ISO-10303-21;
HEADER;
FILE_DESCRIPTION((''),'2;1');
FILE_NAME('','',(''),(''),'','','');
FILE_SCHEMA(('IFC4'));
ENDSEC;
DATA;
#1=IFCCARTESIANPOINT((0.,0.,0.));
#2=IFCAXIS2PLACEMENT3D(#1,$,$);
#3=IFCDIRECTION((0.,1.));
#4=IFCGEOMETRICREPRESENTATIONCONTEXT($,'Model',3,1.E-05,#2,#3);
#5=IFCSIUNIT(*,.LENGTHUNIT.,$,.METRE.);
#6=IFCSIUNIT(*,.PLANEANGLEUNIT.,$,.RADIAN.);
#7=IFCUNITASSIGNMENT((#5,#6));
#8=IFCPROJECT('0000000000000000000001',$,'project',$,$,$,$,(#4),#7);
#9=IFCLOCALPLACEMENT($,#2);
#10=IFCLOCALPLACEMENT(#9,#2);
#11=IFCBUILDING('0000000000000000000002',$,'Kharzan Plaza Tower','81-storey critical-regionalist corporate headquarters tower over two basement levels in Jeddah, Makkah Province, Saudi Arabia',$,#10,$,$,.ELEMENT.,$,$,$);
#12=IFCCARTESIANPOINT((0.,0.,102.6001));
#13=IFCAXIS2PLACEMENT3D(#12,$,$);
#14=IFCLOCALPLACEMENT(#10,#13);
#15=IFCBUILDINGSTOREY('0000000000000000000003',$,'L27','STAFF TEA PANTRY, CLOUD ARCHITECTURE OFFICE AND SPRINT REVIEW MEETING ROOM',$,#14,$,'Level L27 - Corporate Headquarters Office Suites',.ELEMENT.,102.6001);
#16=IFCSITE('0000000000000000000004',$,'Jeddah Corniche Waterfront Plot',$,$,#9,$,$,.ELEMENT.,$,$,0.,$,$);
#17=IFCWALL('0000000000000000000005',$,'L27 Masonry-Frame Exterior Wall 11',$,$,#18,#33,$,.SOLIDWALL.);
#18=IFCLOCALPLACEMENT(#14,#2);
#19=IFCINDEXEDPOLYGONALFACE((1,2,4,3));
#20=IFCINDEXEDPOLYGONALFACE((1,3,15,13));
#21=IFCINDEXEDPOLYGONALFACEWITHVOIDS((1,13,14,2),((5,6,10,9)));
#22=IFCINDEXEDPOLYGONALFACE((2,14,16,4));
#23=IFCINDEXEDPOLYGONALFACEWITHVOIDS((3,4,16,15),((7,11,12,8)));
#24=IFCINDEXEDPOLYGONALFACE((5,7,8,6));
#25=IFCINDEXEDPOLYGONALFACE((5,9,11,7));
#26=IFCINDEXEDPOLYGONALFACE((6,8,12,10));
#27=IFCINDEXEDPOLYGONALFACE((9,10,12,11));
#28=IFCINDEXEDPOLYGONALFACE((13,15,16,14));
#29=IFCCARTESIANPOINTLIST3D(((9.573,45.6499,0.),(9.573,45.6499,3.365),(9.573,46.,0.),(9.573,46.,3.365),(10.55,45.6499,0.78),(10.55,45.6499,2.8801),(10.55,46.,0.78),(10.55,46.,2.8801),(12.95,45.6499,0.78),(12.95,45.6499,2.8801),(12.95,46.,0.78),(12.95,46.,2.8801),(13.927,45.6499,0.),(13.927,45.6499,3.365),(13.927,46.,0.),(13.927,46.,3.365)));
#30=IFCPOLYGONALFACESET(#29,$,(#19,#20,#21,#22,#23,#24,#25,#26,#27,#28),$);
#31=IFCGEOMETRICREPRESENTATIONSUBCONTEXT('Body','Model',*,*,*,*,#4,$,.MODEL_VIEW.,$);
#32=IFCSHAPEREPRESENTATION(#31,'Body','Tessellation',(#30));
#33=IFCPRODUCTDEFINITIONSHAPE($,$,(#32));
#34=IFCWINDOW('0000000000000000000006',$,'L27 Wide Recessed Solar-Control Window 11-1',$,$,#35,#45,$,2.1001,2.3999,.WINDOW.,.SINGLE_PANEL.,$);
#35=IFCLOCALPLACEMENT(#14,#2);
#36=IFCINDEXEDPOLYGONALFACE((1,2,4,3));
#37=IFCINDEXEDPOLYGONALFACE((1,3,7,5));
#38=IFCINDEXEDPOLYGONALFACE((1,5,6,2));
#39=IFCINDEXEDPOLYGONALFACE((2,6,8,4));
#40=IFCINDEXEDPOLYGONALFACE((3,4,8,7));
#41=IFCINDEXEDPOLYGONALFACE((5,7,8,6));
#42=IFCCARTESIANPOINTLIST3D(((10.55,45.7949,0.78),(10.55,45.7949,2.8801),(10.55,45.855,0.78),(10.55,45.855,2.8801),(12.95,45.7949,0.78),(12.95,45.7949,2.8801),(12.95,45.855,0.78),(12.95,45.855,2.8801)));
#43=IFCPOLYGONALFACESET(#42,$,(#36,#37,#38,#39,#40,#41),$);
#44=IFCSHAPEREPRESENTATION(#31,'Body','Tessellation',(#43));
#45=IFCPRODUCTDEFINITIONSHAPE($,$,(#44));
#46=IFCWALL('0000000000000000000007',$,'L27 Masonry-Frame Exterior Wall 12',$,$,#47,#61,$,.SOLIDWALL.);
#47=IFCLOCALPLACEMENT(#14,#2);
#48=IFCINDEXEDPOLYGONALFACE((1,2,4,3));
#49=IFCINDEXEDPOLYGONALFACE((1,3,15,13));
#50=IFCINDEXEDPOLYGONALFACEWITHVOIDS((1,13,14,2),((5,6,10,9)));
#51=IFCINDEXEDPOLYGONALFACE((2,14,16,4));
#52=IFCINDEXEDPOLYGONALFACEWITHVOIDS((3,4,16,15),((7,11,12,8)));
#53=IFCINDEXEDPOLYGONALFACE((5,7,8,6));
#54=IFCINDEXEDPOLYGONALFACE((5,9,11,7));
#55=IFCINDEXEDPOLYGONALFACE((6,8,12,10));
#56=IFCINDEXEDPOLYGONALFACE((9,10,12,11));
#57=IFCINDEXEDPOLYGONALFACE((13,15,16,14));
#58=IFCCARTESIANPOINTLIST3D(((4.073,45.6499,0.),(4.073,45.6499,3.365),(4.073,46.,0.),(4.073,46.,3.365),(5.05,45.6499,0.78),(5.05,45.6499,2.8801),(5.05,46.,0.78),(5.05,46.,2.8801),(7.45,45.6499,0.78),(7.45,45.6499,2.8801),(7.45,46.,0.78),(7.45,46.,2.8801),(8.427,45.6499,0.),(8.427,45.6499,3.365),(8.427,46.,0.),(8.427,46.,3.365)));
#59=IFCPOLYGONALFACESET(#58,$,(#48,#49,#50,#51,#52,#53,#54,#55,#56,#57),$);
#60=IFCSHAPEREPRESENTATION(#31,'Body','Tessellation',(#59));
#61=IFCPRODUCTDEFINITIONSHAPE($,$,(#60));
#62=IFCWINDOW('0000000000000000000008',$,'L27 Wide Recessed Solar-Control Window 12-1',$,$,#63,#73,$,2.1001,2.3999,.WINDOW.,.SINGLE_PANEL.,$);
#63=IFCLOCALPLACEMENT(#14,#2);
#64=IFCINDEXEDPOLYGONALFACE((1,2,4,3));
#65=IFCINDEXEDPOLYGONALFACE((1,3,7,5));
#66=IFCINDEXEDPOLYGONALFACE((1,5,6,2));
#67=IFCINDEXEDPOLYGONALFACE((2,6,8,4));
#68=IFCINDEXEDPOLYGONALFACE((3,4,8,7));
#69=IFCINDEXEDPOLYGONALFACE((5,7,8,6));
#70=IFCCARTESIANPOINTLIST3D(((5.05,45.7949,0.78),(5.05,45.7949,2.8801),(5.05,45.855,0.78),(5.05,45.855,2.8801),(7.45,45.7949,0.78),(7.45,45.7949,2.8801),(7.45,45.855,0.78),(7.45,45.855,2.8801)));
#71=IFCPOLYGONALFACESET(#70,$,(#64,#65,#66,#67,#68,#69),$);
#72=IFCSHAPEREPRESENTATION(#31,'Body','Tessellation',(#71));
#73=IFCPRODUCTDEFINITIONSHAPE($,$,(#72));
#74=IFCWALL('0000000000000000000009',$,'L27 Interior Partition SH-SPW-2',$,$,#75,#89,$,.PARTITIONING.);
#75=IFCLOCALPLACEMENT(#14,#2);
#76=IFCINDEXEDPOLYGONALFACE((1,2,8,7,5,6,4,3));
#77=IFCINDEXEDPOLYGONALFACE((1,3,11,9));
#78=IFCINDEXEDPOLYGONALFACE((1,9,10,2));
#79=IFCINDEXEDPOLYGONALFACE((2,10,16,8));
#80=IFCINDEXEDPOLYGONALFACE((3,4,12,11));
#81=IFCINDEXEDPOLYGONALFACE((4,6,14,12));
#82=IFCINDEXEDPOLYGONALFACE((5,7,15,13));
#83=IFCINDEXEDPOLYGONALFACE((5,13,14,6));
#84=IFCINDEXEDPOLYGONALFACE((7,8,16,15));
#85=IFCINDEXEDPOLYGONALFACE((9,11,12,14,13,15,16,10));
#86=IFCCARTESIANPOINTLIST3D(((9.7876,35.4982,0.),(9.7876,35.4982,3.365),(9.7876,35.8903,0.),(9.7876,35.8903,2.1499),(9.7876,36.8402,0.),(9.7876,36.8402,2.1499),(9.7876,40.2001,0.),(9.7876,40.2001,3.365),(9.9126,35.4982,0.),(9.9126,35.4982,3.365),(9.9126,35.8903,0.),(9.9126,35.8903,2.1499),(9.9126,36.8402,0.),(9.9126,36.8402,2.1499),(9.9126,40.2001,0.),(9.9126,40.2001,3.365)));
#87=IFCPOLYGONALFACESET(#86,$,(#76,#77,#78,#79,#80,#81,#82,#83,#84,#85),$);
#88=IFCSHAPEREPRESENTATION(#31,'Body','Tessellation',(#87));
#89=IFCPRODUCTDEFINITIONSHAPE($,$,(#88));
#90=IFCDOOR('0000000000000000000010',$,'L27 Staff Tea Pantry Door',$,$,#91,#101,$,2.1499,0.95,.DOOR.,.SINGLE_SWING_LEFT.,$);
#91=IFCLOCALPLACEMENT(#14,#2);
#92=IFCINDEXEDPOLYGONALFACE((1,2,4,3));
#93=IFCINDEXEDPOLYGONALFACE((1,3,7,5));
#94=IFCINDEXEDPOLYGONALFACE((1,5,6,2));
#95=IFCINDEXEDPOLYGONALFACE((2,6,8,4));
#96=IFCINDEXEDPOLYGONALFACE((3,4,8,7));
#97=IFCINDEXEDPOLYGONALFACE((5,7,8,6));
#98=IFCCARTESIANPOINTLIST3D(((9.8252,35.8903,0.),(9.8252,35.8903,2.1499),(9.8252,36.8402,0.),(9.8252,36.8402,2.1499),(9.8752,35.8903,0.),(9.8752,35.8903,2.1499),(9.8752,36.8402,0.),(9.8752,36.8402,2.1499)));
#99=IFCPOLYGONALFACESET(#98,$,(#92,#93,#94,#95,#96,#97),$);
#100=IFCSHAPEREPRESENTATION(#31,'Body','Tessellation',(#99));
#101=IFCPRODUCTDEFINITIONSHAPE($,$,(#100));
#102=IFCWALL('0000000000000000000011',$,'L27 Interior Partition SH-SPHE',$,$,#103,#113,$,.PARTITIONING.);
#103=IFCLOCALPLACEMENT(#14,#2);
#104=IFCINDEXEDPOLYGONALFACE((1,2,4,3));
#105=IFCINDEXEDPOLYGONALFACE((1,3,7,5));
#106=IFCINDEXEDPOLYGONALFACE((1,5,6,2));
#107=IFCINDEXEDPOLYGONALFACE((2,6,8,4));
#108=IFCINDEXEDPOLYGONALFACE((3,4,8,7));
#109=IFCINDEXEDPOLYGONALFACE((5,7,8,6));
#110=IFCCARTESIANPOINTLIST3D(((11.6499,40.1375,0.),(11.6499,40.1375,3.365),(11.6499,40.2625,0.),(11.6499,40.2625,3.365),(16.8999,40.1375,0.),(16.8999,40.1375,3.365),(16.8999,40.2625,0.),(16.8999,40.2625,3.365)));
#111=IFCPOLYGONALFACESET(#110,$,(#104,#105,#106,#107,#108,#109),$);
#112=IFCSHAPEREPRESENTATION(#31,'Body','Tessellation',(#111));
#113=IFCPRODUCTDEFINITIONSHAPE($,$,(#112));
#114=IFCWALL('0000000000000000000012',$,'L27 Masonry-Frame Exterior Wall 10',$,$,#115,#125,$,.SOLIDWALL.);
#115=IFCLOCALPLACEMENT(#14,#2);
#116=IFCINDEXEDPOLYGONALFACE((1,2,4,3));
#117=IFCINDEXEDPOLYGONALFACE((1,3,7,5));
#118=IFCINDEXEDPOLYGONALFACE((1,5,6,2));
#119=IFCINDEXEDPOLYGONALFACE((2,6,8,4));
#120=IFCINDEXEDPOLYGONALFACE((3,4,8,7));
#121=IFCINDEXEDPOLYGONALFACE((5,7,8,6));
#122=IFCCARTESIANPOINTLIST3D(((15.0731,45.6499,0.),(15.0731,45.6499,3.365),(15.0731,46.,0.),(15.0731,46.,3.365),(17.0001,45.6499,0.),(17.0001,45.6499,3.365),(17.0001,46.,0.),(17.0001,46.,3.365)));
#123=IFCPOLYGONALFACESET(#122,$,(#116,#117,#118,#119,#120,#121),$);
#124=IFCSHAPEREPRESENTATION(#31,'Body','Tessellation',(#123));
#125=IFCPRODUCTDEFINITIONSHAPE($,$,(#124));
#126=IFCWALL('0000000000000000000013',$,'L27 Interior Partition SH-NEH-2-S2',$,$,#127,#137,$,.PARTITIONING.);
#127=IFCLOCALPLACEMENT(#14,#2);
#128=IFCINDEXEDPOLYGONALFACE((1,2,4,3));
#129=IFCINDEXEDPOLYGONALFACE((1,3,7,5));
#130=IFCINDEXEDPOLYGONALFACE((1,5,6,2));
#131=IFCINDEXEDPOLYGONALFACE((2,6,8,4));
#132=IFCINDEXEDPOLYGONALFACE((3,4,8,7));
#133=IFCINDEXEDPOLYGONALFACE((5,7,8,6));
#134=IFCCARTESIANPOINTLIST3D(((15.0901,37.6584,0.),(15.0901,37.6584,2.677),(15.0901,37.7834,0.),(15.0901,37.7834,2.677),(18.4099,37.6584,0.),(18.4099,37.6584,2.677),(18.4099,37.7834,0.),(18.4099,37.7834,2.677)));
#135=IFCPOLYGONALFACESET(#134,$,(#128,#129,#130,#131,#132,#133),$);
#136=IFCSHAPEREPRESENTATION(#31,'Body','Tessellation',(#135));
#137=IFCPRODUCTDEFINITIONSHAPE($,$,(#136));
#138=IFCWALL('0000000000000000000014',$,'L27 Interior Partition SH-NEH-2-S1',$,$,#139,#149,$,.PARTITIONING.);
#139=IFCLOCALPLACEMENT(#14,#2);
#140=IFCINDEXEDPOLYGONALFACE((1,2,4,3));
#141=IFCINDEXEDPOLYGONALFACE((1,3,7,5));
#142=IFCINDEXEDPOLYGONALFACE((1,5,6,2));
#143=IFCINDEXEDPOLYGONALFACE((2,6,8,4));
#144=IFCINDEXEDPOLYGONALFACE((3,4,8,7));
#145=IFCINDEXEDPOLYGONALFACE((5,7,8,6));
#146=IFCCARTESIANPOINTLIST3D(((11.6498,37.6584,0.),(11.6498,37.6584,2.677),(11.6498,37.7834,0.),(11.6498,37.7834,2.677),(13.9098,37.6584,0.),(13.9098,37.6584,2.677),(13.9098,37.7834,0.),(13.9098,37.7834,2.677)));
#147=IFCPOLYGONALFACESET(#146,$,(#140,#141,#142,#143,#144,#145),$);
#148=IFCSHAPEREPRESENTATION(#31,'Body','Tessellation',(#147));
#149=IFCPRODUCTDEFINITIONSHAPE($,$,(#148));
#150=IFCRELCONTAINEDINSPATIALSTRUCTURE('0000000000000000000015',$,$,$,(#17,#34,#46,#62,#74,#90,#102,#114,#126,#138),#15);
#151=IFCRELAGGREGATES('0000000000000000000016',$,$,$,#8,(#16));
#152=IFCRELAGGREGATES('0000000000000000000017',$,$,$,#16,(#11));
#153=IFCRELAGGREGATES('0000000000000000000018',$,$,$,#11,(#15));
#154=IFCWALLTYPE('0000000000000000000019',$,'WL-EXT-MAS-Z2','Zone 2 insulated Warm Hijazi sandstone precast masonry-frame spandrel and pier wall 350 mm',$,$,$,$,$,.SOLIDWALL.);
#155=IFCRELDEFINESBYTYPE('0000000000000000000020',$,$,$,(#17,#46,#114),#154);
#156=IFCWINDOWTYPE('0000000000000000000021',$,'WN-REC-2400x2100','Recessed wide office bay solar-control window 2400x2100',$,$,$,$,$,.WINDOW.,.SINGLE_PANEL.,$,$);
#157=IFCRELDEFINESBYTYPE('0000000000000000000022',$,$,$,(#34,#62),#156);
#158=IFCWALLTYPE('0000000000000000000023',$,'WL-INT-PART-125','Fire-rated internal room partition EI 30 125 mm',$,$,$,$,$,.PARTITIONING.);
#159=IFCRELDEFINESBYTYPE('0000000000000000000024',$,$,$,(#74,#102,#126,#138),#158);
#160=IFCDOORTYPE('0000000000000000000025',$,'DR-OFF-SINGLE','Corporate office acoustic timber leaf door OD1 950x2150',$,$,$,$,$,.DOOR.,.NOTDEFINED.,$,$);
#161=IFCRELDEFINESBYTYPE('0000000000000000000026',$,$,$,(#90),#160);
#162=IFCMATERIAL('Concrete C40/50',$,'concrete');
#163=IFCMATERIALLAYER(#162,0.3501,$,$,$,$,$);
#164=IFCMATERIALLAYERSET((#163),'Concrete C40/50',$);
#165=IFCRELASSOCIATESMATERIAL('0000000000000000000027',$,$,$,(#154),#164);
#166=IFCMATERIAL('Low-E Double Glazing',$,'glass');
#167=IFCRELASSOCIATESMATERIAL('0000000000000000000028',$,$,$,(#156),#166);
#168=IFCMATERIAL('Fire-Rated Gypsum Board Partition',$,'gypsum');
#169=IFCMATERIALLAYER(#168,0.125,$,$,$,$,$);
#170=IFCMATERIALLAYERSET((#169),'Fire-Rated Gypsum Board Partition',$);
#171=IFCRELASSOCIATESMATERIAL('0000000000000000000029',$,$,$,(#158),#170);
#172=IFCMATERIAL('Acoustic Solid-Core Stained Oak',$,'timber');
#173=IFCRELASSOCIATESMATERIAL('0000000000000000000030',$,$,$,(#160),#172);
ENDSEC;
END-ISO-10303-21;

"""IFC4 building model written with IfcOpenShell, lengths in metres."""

from ifc_helpers import new_model, si_unit, direction, frame, frame_2d, origin, place, context, subcontext, project, spatial, rectangle, extrude, source, transform, mapped, material, layer, layer_set, type_object, element, fill, save


model = new_model("IFC4")

# Units and contexts
model_context = context("Model", 3, precision=1e-05, world=origin(), true_north=direction((0.0, 1.0)))
body_context = subcontext(model_context, "Body", "Model", "MODEL_VIEW")
ifc_project = project(units=[si_unit("LENGTHUNIT", "METRE"), si_unit("PLANEANGLEUNIT", "RADIAN")], contexts=[model_context])

# Site, building, storey
site_placement = place(None, origin())
site = spatial("IfcSite", under=ifc_project, at=site_placement, Name="Jeddah Corniche Waterfront Plot", CompositionType="ELEMENT", RefElevation=0.0)
building_placement = place(site_placement, origin())
building = spatial("IfcBuilding", under=site, at=building_placement, Name="Kharzan Plaza Tower", Description="81-storey critical-regionalist corporate headquarters tower over two basement levels in Jeddah, Makkah Province, Saudi Arabia", CompositionType="ELEMENT")
storey_placement = place(building_placement, frame((0.0, 0.0, 102.6001)))
storey = spatial("IfcBuildingStorey", under=building, at=storey_placement, Name="L27", Description="STAFF TEA PANTRY, CLOUD ARCHITECTURE OFFICE AND SPRINT REVIEW MEETING ROOM", LongName="Level L27 - Corporate Headquarters Office Suites", CompositionType="ELEMENT", Elevation=102.6001)

# Walls, openings, windows
ifc_material_1 = material(Name="Concrete C40/50", Category="concrete")
ifc_layer_1 = layer(ifc_material_1, 0.3501)
ifc_layer_set_1 = layer_set([ifc_layer_1], Name="Concrete C40/50")
wall_type_1 = type_object("IfcWallType", Name="WL-EXT-MAS-Z2", Description="Zone 2 insulated Warm Hijazi sandstone precast masonry-frame spandrel and pier wall 350 mm", PredefinedType="SOLIDWALL", material=ifc_layer_set_1)
ifc_material_2 = material(Name="Low-E Double Glazing", Category="glass")
wall_1_placement = place(storey_placement, frame((13.927, 45.825, 0.0), z_axis=(0.0, 0.0, 1.0), x_axis=(-1.0, 0.0, 0.0)))
wall_1 = element("IfcWall", 1, at=wall_1_placement, inside=storey, type_object=wall_type_1, Name="L27 Masonry-Frame Exterior Wall 11", PredefinedType="SOLIDWALL", context=body_context, shape_type="SweptSolid", body=[
    extrude(rectangle(XDim=4.354, YDim=0.3501, at=frame_2d((2.177, 0.0))), origin(), (0.0, 0.0, 1.0), 3.365),
])
opening_1_placement = place(wall_1_placement, frame((0.9771, 0.0, 0.78)))
opening_1 = element("IfcOpeningElement", 2, at=opening_1_placement, cuts=wall_1, PredefinedType="OPENING", context=body_context, shape_type="SweptSolid", body=[
    extrude(rectangle(XDim=2.3999, YDim=2.1001, at=frame_2d((1.2, 1.05))), frame((0.0, 0.1851, 0.0), z_axis=(0.0, -1.0, 0.0), x_axis=(1.0, 0.0, 0.0)), (0.0, 0.0, 1.0), 0.3701),
])
window_type_1 = type_object("IfcWindowType", Name="WN-REC-2400x2100", Description="Recessed wide office bay solar-control window 2400x2100", PartitioningType="SINGLE_PANEL", PredefinedType="WINDOW", material=ifc_material_2)
shared_shape_1 = source(origin(), body_context, "Body", "SweptSolid", [
    extrude(rectangle(XDim=2.3999, YDim=2.1001, at=frame_2d((1.2, 1.05))), frame((0.0, 0.03, 0.0), z_axis=(0.0, -1.0, 0.0), x_axis=(1.0, 0.0, 0.0)), (0.0, 0.0, 1.0), 0.0601),
])
window_1_placement = place(opening_1_placement, origin())
window_1 = element("IfcWindow", 3, at=window_1_placement, inside=storey, type_object=window_type_1, Name="L27 Wide Recessed Solar-Control Window 11-1", OverallHeight=2.1001, OverallWidth=2.3999, PartitioningType="SINGLE_PANEL", PredefinedType="WINDOW", context=body_context, shape_type="MappedRepresentation", body=[
    mapped(shared_shape_1, transform((0.0, 0.0, 0.0), x_axis=(1.0, 0.0, 0.0), y_axis=(0.0, 1.0, 0.0), z_axis=(0.0, 0.0, 1.0))),
])
fill(opening_1, window_1)
wall_2_placement = place(storey_placement, frame((8.427, 45.825, 0.0), z_axis=(0.0, 0.0, 1.0), x_axis=(-1.0, 0.0, 0.0)))
wall_2 = element("IfcWall", 4, at=wall_2_placement, inside=storey, type_object=wall_type_1, Name="L27 Masonry-Frame Exterior Wall 12", PredefinedType="SOLIDWALL", context=body_context, shape_type="SweptSolid", body=[
    extrude(rectangle(XDim=4.354, YDim=0.3501, at=frame_2d((2.177, 0.0))), origin(), (0.0, 0.0, 1.0), 3.365),
])
opening_2_placement = place(wall_2_placement, frame((0.9771, 0.0, 0.78)))
opening_2 = element("IfcOpeningElement", 5, at=opening_2_placement, cuts=wall_2, PredefinedType="OPENING", context=body_context, shape_type="SweptSolid", body=[
    extrude(rectangle(XDim=2.3999, YDim=2.1001, at=frame_2d((1.2, 1.05))), frame((0.0, 0.1851, 0.0), z_axis=(0.0, -1.0, 0.0), x_axis=(1.0, 0.0, 0.0)), (0.0, 0.0, 1.0), 0.3701),
])
window_2_placement = place(opening_2_placement, origin())
window_2 = element("IfcWindow", 6, at=window_2_placement, inside=storey, type_object=window_type_1, Name="L27 Wide Recessed Solar-Control Window 12-1", OverallHeight=2.1001, OverallWidth=2.3999, PartitioningType="SINGLE_PANEL", PredefinedType="WINDOW", context=body_context, shape_type="MappedRepresentation", body=[
    mapped(shared_shape_1, transform((0.0, 0.0, 0.0), x_axis=(1.0, 0.0, 0.0), y_axis=(0.0, 1.0, 0.0), z_axis=(0.0, 0.0, 1.0))),
])
fill(opening_2, window_2)

# Wall, opening, door
ifc_material_3 = material(Name="Fire-Rated Gypsum Board Partition", Category="gypsum")
ifc_layer_2 = layer(ifc_material_3, 0.125)
ifc_layer_set_2 = layer_set([ifc_layer_2], Name="Fire-Rated Gypsum Board Partition")
wall_type_2 = type_object("IfcWallType", Name="WL-INT-PART-125", Description="Fire-rated internal room partition EI 30 125 mm", PredefinedType="PARTITIONING", material=ifc_layer_set_2)
ifc_material_4 = material(Name="Acoustic Solid-Core Stained Oak", Category="timber")
door_type = type_object("IfcDoorType", Name="DR-OFF-SINGLE", Description="Corporate office acoustic timber leaf door OD1 950x2150", OperationType="NOTDEFINED", PredefinedType="DOOR", material=ifc_material_4)
shared_shape_2 = source(origin(), body_context, "Body", "SweptSolid", [
    extrude(rectangle(XDim=0.95, YDim=2.1499, at=frame_2d((0.4751, 1.075))), frame((0.0, 0.0249, 0.0), z_axis=(0.0, -1.0, 0.0), x_axis=(1.0, 0.0, 0.0)), (0.0, 0.0, 1.0), 0.05),
])
wall_3_placement = place(storey_placement, frame((9.8501, 35.498, 0.0), z_axis=(0.0, 0.0, 1.0), x_axis=(0.0, 1.0, 0.0)))
wall_3 = element("IfcWall", 7, at=wall_3_placement, inside=storey, type_object=wall_type_2, Name="L27 Interior Partition SH-SPW-2", PredefinedType="PARTITIONING", context=body_context, shape_type="SweptSolid", body=[
    extrude(rectangle(XDim=4.7019, YDim=0.125, at=frame_2d((2.3511, 0.0))), origin(), (0.0, 0.0, 1.0), 3.365),
])
opening_3_placement = place(wall_3_placement, frame((0.3921, 0.0, 0.0)))
opening_3 = element("IfcOpeningElement", 8, at=opening_3_placement, cuts=wall_3, PredefinedType="OPENING", context=body_context, shape_type="SweptSolid", body=[
    extrude(rectangle(XDim=0.95, YDim=2.1499, at=frame_2d((0.4751, 1.075))), frame((0.0, 0.0725, 0.0), z_axis=(0.0, -1.0, 0.0), x_axis=(1.0, 0.0, 0.0)), (0.0, 0.0, 1.0), 0.145),
])
door_1_placement = place(opening_3_placement, origin())
door_1 = element("IfcDoor", 9, at=door_1_placement, inside=storey, type_object=door_type, Name="L27 Staff Tea Pantry Door", OperationType="SINGLE_SWING_LEFT", OverallHeight=2.1499, OverallWidth=0.95, PredefinedType="DOOR", context=body_context, shape_type="MappedRepresentation", body=[
    mapped(shared_shape_2, transform((0.0, 0.0, 0.0), x_axis=(1.0, 0.0, 0.0), y_axis=(0.0, 1.0, 0.0), z_axis=(0.0, 0.0, 1.0))),
])
fill(opening_3, door_1)

# Walls
shared_shape_3 = source(origin(), body_context, "Body", "SweptSolid", [
    extrude(rectangle(XDim=5.25, YDim=0.125, at=frame_2d((2.625, 0.0))), origin(), (0.0, 0.0, 1.0), 3.365),
])
wall_4_placement = place(storey_placement, frame((11.6499, 40.2, 0.0), z_axis=(0.0, 0.0, 1.0), x_axis=(1.0, 0.0, 0.0)))
element("IfcWall", 10, at=wall_4_placement, inside=storey, type_object=wall_type_2, Name="L27 Interior Partition SH-SPHE", PredefinedType="PARTITIONING", context=body_context, shape_type="MappedRepresentation", body=[
    mapped(shared_shape_3, transform((0.0, 0.0, 0.0), x_axis=(1.0, 0.0, 0.0), y_axis=(0.0, 1.0, 0.0), z_axis=(0.0, 0.0, 1.0))),
])
shared_shape_4 = source(origin(), body_context, "Body", "SweptSolid", [
    extrude(rectangle(XDim=1.927, YDim=0.3501, at=frame_2d((0.9634, 0.0))), origin(), (0.0, 0.0, 1.0), 3.365),
])
wall_5_placement = place(storey_placement, frame((17.0, 45.825, 0.0), z_axis=(0.0, 0.0, 1.0), x_axis=(-1.0, 0.0, 0.0)))
element("IfcWall", 11, at=wall_5_placement, inside=storey, type_object=wall_type_1, Name="L27 Masonry-Frame Exterior Wall 10", PredefinedType="SOLIDWALL", context=body_context, shape_type="MappedRepresentation", body=[
    mapped(shared_shape_4, transform((0.0, 0.0, 0.0), x_axis=(1.0, 0.0, 0.0), y_axis=(0.0, 1.0, 0.0), z_axis=(0.0, 0.0, 1.0))),
])
shared_shape_5 = source(origin(), body_context, "Body", "SweptSolid", [
    extrude(rectangle(XDim=3.3198, YDim=0.125, at=frame_2d((1.6599, 0.0))), origin(), (0.0, 0.0, 1.0), 2.677),
])
wall_6_placement = place(storey_placement, frame((15.0901, 37.7209, 0.0), z_axis=(0.0, 0.0, 1.0), x_axis=(1.0, 0.0, 0.0)))
element("IfcWall", 12, at=wall_6_placement, inside=storey, type_object=wall_type_2, Name="L27 Interior Partition SH-NEH-2-S2", PredefinedType="PARTITIONING", context=body_context, shape_type="MappedRepresentation", body=[
    mapped(shared_shape_5, transform((0.0, 0.0, 0.0), x_axis=(1.0, 0.0, 0.0), y_axis=(0.0, 1.0, 0.0), z_axis=(0.0, 0.0, 1.0))),
])
shared_shape_6 = source(origin(), body_context, "Body", "SweptSolid", [
    extrude(rectangle(XDim=2.26, YDim=0.125, at=frame_2d((1.1299, 0.0))), origin(), (0.0, 0.0, 1.0), 2.677),
])
wall_7_placement = place(storey_placement, frame((11.6499, 37.7209, 0.0), z_axis=(0.0, 0.0, 1.0), x_axis=(1.0, 0.0, 0.0)))
element("IfcWall", 13, at=wall_7_placement, inside=storey, type_object=wall_type_2, Name="L27 Interior Partition SH-NEH-2-S1", PredefinedType="PARTITIONING", context=body_context, shape_type="MappedRepresentation", body=[
    mapped(shared_shape_6, transform((0.0, 0.0, 0.0), x_axis=(1.0, 0.0, 0.0), y_axis=(0.0, 1.0, 0.0), z_axis=(0.0, 0.0, 1.0))),
])

save(model, "model.ifc")
